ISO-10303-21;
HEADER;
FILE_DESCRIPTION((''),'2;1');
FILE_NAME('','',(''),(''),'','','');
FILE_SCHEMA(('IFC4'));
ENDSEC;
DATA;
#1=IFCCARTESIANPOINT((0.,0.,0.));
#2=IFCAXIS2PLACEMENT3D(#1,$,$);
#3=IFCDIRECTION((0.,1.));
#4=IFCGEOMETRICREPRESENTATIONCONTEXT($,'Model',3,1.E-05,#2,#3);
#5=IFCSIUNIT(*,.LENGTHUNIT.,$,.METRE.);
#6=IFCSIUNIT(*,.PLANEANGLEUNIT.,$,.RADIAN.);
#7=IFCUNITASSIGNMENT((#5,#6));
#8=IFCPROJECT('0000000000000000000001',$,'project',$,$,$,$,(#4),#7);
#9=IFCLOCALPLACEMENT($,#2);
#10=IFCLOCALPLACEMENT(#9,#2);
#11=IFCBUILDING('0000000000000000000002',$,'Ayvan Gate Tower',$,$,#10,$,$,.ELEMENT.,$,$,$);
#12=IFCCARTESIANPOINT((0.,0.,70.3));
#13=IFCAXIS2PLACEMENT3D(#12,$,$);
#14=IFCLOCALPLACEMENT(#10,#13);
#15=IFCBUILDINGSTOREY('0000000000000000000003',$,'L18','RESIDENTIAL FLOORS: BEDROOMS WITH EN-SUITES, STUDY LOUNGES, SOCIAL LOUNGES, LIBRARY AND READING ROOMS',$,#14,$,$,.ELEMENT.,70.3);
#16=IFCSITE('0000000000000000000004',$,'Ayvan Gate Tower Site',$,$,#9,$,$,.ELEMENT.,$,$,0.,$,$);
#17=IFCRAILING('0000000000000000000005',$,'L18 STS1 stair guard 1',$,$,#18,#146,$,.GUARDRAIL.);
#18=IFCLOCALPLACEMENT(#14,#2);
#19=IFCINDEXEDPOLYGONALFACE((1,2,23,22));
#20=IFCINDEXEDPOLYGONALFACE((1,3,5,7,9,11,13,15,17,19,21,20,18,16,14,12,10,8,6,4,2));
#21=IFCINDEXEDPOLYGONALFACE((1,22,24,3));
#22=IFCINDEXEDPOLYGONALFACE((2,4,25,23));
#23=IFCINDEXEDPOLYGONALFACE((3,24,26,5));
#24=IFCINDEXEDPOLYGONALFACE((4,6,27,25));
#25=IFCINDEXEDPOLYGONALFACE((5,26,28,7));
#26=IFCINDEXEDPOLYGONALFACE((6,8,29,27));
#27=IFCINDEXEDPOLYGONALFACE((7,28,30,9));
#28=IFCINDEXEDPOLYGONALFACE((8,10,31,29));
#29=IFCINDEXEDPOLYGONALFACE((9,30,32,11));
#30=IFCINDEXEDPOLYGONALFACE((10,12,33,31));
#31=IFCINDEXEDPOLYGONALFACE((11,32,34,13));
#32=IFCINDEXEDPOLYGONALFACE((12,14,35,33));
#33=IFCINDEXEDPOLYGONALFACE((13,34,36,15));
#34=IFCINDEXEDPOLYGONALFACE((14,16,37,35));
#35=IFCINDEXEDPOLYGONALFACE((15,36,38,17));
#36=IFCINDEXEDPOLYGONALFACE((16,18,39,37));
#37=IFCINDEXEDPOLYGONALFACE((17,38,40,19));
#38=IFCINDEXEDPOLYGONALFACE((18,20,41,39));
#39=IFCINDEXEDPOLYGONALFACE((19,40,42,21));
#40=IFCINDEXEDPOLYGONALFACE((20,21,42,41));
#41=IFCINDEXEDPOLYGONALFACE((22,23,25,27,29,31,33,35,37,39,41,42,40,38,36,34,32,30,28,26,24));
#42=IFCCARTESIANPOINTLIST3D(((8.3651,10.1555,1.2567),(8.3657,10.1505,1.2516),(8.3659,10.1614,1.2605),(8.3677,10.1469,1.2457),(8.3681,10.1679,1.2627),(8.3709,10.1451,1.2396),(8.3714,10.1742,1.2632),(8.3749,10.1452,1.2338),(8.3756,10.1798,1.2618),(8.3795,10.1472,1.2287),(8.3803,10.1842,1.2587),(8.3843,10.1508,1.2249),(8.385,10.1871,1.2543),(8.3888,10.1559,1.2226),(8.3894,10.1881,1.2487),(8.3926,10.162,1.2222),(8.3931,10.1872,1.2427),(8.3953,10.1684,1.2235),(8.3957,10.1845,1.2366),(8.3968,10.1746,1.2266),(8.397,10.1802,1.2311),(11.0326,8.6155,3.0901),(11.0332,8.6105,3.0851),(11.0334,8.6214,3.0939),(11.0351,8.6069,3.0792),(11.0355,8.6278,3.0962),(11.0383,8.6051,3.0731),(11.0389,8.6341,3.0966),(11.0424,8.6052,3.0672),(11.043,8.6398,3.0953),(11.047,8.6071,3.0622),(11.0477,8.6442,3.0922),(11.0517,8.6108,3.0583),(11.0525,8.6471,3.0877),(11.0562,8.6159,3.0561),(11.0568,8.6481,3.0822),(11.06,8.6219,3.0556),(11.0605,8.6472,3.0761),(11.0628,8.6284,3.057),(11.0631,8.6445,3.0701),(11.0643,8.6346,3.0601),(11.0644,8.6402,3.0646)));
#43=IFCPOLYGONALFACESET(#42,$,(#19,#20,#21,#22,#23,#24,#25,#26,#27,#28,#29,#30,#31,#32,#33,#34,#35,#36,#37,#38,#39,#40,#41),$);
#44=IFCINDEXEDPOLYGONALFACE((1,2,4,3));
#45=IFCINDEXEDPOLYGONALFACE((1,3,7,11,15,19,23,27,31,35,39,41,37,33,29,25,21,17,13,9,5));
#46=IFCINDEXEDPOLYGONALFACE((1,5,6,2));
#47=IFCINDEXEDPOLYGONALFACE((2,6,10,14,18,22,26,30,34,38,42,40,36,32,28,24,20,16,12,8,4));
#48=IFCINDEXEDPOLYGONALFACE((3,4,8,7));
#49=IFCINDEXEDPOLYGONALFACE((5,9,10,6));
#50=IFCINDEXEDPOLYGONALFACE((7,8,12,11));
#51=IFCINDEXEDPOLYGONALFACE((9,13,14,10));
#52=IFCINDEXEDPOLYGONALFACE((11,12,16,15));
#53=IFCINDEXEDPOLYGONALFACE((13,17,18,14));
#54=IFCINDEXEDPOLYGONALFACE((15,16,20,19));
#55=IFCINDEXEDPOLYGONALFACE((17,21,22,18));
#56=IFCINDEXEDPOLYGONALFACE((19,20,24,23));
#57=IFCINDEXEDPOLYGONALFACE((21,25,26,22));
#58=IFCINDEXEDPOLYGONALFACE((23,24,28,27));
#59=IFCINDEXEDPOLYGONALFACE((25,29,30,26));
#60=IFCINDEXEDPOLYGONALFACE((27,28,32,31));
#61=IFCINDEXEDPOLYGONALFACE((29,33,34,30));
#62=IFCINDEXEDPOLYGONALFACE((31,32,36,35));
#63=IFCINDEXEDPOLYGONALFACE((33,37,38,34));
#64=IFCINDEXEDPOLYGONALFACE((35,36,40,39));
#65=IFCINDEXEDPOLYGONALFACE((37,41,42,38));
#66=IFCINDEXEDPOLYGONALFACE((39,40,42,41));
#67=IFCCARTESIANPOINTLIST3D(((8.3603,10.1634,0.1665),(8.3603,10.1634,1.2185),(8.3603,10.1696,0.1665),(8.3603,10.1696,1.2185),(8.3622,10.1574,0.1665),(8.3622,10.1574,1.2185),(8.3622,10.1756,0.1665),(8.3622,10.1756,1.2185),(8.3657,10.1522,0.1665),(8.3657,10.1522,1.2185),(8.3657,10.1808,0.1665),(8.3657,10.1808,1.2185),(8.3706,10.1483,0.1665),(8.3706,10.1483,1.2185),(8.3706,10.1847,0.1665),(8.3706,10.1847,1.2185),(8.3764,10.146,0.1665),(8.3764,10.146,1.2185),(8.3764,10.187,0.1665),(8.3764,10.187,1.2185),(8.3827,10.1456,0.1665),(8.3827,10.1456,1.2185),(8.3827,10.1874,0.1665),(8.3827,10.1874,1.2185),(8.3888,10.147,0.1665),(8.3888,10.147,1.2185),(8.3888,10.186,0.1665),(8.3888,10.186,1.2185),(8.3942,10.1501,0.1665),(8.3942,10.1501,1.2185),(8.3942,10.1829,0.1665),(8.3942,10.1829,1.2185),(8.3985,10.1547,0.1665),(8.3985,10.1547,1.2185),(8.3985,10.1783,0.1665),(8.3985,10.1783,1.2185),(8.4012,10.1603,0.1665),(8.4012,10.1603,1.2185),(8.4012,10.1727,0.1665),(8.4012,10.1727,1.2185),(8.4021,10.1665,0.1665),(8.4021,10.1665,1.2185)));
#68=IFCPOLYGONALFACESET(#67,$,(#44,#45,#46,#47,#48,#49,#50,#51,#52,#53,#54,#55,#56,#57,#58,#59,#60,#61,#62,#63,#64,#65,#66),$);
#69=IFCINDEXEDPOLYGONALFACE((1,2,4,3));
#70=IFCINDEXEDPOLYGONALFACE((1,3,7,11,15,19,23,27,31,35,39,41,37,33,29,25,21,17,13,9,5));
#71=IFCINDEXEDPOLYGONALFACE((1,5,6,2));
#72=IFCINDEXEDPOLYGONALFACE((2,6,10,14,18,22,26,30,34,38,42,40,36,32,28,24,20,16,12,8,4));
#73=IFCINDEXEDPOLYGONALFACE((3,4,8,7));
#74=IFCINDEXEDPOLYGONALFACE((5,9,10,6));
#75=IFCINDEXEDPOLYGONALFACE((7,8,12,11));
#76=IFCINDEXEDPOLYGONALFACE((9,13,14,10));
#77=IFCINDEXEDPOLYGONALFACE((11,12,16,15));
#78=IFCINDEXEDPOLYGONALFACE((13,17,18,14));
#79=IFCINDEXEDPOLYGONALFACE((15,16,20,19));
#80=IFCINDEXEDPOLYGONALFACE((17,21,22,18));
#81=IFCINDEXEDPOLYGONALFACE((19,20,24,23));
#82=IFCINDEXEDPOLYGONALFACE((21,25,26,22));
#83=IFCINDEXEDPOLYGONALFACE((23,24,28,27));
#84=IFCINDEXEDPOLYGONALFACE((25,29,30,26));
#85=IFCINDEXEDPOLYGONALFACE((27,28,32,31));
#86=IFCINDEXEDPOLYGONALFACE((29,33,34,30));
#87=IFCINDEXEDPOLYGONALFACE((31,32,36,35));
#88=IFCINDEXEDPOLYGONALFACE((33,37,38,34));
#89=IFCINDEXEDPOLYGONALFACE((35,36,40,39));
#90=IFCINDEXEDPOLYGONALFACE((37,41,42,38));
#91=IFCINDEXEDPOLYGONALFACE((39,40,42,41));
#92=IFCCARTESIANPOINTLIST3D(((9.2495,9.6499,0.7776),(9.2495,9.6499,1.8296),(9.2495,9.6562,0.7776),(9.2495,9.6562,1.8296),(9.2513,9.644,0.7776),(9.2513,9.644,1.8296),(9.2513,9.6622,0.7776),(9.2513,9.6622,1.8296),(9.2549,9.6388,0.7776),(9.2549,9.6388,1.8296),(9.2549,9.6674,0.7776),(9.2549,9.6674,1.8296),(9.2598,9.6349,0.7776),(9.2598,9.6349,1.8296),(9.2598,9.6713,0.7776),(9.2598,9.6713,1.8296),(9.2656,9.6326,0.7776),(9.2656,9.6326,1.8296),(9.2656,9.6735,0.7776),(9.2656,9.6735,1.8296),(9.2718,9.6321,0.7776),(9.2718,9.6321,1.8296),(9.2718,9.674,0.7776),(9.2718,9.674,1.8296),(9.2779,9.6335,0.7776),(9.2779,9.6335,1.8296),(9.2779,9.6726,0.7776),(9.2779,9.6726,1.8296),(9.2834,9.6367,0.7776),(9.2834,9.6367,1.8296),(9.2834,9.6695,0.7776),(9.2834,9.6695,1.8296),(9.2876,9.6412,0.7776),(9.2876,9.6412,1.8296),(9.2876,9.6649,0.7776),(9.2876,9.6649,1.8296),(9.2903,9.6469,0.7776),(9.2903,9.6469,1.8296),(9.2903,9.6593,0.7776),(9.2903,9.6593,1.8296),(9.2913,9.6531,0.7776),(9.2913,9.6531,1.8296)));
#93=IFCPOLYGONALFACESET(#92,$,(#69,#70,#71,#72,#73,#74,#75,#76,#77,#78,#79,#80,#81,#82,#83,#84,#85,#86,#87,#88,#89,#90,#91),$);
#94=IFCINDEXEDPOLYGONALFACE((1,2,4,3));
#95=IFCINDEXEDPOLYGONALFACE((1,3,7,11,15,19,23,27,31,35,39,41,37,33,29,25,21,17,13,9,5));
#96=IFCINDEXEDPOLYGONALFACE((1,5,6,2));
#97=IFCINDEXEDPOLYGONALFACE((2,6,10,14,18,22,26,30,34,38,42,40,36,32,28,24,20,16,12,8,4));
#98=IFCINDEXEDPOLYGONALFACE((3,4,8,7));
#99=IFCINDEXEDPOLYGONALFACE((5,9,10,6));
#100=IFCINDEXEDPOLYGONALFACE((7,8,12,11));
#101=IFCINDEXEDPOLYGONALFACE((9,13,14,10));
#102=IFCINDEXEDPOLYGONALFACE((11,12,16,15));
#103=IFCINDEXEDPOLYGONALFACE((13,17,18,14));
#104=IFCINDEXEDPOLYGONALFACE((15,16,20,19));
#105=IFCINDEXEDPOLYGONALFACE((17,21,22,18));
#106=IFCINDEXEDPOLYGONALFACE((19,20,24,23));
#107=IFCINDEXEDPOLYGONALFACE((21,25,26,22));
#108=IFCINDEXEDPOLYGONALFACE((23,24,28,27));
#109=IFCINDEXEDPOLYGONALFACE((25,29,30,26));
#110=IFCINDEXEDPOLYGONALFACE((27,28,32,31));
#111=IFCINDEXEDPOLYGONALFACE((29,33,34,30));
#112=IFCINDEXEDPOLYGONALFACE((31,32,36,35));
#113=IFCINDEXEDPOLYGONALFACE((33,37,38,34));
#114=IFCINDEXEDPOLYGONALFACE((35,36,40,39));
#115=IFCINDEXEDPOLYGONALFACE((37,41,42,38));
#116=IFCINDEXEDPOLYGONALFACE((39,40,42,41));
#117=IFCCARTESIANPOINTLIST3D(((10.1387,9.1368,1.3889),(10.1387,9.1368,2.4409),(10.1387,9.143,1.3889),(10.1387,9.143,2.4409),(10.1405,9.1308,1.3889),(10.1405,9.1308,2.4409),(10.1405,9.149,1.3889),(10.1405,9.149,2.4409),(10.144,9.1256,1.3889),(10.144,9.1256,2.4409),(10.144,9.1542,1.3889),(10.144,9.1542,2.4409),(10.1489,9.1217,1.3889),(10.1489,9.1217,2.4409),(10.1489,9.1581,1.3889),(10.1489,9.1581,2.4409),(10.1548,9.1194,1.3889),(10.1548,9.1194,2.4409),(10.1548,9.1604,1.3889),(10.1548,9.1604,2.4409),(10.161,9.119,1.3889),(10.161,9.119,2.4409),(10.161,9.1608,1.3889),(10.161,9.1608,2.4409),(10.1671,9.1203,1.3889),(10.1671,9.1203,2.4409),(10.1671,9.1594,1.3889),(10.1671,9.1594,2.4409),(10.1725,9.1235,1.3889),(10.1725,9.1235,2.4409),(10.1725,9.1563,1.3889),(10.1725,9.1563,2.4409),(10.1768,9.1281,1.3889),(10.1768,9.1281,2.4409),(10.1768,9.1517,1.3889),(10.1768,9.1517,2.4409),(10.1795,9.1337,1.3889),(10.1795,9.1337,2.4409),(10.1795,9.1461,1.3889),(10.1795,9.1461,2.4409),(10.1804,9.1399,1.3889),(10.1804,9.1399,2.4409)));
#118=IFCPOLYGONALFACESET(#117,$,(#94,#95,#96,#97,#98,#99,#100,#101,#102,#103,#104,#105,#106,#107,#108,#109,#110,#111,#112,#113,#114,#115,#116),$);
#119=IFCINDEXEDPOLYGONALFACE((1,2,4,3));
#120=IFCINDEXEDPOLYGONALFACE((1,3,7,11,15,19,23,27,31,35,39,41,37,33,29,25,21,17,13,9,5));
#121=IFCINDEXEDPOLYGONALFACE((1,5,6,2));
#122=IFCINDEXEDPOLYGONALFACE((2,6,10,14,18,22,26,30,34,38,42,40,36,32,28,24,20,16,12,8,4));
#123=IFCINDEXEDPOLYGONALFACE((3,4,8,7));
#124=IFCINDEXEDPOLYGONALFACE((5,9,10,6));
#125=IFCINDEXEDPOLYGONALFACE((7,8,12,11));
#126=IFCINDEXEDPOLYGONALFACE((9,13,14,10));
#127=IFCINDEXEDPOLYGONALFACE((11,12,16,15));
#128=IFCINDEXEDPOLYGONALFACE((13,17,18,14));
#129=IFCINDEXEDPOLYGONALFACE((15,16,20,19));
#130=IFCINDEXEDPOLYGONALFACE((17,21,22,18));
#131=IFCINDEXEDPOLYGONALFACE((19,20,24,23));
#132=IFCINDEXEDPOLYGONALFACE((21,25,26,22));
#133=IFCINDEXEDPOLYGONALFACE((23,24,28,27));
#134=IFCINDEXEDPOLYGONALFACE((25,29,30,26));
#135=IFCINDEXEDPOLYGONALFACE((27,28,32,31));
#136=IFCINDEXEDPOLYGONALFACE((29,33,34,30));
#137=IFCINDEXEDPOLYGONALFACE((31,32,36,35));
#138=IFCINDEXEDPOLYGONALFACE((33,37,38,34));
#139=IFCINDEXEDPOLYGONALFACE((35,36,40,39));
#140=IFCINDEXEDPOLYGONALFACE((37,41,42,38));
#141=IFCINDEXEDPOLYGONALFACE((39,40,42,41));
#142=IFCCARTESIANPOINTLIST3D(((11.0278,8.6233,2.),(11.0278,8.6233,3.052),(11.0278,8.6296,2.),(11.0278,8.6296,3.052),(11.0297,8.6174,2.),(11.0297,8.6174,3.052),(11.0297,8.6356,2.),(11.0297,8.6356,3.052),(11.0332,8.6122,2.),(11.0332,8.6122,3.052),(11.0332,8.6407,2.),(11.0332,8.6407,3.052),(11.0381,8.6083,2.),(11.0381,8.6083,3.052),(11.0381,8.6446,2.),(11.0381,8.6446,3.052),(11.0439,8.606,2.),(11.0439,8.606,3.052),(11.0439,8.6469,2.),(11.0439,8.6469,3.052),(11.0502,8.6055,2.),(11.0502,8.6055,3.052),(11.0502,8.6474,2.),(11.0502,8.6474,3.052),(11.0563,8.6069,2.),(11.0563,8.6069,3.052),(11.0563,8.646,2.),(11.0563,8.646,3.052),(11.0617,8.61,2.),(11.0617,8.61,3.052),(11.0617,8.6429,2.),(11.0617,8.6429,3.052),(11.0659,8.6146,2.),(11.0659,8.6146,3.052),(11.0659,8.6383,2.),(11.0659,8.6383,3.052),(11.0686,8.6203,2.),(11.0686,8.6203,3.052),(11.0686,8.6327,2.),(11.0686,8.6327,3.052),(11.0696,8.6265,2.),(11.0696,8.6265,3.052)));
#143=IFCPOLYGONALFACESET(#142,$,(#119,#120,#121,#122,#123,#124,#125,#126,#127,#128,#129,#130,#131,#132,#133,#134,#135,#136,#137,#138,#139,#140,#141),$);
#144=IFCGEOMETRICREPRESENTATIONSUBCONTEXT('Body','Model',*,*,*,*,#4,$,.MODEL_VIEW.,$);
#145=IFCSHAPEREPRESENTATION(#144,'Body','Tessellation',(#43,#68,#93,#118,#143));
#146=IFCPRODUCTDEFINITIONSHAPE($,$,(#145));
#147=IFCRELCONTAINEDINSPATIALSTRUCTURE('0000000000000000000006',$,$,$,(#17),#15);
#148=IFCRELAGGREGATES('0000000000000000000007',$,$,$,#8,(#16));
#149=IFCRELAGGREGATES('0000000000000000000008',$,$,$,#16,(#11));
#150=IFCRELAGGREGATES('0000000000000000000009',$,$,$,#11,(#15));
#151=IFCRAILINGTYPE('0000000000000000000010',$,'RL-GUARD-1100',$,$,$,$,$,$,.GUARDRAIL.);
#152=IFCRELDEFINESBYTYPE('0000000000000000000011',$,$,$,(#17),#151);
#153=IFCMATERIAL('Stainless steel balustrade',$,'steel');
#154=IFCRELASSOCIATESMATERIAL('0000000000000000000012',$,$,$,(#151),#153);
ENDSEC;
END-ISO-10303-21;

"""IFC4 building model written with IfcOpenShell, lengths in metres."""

from ifc_helpers import new_model, si_unit, direction, frame, origin, origin_2d, place, context, subcontext, project, spatial, circle, extrude, material, type_object, element, save


model = new_model("IFC4")

# Units and contexts
model_context = context("Model", 3, precision=1e-05, world=origin(), true_north=direction((0.0, 1.0)))
body_context = subcontext(model_context, "Body", "Model", "MODEL_VIEW")
ifc_project = project(units=[si_unit("LENGTHUNIT", "METRE"), si_unit("PLANEANGLEUNIT", "RADIAN")], contexts=[model_context])

# Site, building, storey
site_placement = place(None, origin())
site = spatial("IfcSite", under=ifc_project, at=site_placement, Name="Ayvan Gate Tower Site", CompositionType="ELEMENT", RefElevation=0.0)
building_placement = place(site_placement, origin())
building = spatial("IfcBuilding", under=site, at=building_placement, Name="Ayvan Gate Tower", CompositionType="ELEMENT")
storey_placement = place(building_placement, frame((0.0, 0.0, 70.3)))
storey = spatial("IfcBuildingStorey", under=building, at=storey_placement, Name="L18", Description="RESIDENTIAL FLOORS: BEDROOMS WITH EN-SUITES, STUDY LOUNGES, SOCIAL LOUNGES, LIBRARY AND READING ROOMS", CompositionType="ELEMENT", Elevation=70.3)

# Railing
ifc_material_1 = material(Name="Stainless steel balustrade", Category="steel")
railing_type_1 = type_object("IfcRailingType", Name="RL-GUARD-1100", PredefinedType="GUARDRAIL", material=ifc_material_1)
railing_1_placement = place(storey_placement, frame((8.3811, 10.1665, 0.1665)))
element("IfcRailing", 1, at=railing_1_placement, inside=storey, type_object=railing_type_1, Name="L18 STS1 stair guard 1", PredefinedType="GUARDRAIL", context=body_context, shape_type="SweptSolid", body=[
    extrude(circle(Radius=0.0239, at=origin_2d()), frame((0.0, 0.0, 1.0762), z_axis=(0.744164, -0.429634, 0.511502), x_axis=(0.499992, 0.86603, 0.0)), (0.0, 0.0, 1.0), 3.5845),
    extrude(circle(Radius=0.021, at=origin_2d()), origin(), (0.0, 0.0, 1.0), 1.052),
    extrude(circle(Radius=0.021, at=origin_2d()), frame((0.8892, -0.5134, 0.6111)), (0.0, 0.0, 1.0), 1.052),
    extrude(circle(Radius=0.021, at=origin_2d()), frame((1.7783, -1.0266, 1.2224)), (0.0, 0.0, 1.0), 1.052),
    extrude(circle(Radius=0.021, at=origin_2d()), frame((2.6675, -1.54, 1.8335)), (0.0, 0.0, 1.0), 1.052),
])

save(model, "model.ifc")
